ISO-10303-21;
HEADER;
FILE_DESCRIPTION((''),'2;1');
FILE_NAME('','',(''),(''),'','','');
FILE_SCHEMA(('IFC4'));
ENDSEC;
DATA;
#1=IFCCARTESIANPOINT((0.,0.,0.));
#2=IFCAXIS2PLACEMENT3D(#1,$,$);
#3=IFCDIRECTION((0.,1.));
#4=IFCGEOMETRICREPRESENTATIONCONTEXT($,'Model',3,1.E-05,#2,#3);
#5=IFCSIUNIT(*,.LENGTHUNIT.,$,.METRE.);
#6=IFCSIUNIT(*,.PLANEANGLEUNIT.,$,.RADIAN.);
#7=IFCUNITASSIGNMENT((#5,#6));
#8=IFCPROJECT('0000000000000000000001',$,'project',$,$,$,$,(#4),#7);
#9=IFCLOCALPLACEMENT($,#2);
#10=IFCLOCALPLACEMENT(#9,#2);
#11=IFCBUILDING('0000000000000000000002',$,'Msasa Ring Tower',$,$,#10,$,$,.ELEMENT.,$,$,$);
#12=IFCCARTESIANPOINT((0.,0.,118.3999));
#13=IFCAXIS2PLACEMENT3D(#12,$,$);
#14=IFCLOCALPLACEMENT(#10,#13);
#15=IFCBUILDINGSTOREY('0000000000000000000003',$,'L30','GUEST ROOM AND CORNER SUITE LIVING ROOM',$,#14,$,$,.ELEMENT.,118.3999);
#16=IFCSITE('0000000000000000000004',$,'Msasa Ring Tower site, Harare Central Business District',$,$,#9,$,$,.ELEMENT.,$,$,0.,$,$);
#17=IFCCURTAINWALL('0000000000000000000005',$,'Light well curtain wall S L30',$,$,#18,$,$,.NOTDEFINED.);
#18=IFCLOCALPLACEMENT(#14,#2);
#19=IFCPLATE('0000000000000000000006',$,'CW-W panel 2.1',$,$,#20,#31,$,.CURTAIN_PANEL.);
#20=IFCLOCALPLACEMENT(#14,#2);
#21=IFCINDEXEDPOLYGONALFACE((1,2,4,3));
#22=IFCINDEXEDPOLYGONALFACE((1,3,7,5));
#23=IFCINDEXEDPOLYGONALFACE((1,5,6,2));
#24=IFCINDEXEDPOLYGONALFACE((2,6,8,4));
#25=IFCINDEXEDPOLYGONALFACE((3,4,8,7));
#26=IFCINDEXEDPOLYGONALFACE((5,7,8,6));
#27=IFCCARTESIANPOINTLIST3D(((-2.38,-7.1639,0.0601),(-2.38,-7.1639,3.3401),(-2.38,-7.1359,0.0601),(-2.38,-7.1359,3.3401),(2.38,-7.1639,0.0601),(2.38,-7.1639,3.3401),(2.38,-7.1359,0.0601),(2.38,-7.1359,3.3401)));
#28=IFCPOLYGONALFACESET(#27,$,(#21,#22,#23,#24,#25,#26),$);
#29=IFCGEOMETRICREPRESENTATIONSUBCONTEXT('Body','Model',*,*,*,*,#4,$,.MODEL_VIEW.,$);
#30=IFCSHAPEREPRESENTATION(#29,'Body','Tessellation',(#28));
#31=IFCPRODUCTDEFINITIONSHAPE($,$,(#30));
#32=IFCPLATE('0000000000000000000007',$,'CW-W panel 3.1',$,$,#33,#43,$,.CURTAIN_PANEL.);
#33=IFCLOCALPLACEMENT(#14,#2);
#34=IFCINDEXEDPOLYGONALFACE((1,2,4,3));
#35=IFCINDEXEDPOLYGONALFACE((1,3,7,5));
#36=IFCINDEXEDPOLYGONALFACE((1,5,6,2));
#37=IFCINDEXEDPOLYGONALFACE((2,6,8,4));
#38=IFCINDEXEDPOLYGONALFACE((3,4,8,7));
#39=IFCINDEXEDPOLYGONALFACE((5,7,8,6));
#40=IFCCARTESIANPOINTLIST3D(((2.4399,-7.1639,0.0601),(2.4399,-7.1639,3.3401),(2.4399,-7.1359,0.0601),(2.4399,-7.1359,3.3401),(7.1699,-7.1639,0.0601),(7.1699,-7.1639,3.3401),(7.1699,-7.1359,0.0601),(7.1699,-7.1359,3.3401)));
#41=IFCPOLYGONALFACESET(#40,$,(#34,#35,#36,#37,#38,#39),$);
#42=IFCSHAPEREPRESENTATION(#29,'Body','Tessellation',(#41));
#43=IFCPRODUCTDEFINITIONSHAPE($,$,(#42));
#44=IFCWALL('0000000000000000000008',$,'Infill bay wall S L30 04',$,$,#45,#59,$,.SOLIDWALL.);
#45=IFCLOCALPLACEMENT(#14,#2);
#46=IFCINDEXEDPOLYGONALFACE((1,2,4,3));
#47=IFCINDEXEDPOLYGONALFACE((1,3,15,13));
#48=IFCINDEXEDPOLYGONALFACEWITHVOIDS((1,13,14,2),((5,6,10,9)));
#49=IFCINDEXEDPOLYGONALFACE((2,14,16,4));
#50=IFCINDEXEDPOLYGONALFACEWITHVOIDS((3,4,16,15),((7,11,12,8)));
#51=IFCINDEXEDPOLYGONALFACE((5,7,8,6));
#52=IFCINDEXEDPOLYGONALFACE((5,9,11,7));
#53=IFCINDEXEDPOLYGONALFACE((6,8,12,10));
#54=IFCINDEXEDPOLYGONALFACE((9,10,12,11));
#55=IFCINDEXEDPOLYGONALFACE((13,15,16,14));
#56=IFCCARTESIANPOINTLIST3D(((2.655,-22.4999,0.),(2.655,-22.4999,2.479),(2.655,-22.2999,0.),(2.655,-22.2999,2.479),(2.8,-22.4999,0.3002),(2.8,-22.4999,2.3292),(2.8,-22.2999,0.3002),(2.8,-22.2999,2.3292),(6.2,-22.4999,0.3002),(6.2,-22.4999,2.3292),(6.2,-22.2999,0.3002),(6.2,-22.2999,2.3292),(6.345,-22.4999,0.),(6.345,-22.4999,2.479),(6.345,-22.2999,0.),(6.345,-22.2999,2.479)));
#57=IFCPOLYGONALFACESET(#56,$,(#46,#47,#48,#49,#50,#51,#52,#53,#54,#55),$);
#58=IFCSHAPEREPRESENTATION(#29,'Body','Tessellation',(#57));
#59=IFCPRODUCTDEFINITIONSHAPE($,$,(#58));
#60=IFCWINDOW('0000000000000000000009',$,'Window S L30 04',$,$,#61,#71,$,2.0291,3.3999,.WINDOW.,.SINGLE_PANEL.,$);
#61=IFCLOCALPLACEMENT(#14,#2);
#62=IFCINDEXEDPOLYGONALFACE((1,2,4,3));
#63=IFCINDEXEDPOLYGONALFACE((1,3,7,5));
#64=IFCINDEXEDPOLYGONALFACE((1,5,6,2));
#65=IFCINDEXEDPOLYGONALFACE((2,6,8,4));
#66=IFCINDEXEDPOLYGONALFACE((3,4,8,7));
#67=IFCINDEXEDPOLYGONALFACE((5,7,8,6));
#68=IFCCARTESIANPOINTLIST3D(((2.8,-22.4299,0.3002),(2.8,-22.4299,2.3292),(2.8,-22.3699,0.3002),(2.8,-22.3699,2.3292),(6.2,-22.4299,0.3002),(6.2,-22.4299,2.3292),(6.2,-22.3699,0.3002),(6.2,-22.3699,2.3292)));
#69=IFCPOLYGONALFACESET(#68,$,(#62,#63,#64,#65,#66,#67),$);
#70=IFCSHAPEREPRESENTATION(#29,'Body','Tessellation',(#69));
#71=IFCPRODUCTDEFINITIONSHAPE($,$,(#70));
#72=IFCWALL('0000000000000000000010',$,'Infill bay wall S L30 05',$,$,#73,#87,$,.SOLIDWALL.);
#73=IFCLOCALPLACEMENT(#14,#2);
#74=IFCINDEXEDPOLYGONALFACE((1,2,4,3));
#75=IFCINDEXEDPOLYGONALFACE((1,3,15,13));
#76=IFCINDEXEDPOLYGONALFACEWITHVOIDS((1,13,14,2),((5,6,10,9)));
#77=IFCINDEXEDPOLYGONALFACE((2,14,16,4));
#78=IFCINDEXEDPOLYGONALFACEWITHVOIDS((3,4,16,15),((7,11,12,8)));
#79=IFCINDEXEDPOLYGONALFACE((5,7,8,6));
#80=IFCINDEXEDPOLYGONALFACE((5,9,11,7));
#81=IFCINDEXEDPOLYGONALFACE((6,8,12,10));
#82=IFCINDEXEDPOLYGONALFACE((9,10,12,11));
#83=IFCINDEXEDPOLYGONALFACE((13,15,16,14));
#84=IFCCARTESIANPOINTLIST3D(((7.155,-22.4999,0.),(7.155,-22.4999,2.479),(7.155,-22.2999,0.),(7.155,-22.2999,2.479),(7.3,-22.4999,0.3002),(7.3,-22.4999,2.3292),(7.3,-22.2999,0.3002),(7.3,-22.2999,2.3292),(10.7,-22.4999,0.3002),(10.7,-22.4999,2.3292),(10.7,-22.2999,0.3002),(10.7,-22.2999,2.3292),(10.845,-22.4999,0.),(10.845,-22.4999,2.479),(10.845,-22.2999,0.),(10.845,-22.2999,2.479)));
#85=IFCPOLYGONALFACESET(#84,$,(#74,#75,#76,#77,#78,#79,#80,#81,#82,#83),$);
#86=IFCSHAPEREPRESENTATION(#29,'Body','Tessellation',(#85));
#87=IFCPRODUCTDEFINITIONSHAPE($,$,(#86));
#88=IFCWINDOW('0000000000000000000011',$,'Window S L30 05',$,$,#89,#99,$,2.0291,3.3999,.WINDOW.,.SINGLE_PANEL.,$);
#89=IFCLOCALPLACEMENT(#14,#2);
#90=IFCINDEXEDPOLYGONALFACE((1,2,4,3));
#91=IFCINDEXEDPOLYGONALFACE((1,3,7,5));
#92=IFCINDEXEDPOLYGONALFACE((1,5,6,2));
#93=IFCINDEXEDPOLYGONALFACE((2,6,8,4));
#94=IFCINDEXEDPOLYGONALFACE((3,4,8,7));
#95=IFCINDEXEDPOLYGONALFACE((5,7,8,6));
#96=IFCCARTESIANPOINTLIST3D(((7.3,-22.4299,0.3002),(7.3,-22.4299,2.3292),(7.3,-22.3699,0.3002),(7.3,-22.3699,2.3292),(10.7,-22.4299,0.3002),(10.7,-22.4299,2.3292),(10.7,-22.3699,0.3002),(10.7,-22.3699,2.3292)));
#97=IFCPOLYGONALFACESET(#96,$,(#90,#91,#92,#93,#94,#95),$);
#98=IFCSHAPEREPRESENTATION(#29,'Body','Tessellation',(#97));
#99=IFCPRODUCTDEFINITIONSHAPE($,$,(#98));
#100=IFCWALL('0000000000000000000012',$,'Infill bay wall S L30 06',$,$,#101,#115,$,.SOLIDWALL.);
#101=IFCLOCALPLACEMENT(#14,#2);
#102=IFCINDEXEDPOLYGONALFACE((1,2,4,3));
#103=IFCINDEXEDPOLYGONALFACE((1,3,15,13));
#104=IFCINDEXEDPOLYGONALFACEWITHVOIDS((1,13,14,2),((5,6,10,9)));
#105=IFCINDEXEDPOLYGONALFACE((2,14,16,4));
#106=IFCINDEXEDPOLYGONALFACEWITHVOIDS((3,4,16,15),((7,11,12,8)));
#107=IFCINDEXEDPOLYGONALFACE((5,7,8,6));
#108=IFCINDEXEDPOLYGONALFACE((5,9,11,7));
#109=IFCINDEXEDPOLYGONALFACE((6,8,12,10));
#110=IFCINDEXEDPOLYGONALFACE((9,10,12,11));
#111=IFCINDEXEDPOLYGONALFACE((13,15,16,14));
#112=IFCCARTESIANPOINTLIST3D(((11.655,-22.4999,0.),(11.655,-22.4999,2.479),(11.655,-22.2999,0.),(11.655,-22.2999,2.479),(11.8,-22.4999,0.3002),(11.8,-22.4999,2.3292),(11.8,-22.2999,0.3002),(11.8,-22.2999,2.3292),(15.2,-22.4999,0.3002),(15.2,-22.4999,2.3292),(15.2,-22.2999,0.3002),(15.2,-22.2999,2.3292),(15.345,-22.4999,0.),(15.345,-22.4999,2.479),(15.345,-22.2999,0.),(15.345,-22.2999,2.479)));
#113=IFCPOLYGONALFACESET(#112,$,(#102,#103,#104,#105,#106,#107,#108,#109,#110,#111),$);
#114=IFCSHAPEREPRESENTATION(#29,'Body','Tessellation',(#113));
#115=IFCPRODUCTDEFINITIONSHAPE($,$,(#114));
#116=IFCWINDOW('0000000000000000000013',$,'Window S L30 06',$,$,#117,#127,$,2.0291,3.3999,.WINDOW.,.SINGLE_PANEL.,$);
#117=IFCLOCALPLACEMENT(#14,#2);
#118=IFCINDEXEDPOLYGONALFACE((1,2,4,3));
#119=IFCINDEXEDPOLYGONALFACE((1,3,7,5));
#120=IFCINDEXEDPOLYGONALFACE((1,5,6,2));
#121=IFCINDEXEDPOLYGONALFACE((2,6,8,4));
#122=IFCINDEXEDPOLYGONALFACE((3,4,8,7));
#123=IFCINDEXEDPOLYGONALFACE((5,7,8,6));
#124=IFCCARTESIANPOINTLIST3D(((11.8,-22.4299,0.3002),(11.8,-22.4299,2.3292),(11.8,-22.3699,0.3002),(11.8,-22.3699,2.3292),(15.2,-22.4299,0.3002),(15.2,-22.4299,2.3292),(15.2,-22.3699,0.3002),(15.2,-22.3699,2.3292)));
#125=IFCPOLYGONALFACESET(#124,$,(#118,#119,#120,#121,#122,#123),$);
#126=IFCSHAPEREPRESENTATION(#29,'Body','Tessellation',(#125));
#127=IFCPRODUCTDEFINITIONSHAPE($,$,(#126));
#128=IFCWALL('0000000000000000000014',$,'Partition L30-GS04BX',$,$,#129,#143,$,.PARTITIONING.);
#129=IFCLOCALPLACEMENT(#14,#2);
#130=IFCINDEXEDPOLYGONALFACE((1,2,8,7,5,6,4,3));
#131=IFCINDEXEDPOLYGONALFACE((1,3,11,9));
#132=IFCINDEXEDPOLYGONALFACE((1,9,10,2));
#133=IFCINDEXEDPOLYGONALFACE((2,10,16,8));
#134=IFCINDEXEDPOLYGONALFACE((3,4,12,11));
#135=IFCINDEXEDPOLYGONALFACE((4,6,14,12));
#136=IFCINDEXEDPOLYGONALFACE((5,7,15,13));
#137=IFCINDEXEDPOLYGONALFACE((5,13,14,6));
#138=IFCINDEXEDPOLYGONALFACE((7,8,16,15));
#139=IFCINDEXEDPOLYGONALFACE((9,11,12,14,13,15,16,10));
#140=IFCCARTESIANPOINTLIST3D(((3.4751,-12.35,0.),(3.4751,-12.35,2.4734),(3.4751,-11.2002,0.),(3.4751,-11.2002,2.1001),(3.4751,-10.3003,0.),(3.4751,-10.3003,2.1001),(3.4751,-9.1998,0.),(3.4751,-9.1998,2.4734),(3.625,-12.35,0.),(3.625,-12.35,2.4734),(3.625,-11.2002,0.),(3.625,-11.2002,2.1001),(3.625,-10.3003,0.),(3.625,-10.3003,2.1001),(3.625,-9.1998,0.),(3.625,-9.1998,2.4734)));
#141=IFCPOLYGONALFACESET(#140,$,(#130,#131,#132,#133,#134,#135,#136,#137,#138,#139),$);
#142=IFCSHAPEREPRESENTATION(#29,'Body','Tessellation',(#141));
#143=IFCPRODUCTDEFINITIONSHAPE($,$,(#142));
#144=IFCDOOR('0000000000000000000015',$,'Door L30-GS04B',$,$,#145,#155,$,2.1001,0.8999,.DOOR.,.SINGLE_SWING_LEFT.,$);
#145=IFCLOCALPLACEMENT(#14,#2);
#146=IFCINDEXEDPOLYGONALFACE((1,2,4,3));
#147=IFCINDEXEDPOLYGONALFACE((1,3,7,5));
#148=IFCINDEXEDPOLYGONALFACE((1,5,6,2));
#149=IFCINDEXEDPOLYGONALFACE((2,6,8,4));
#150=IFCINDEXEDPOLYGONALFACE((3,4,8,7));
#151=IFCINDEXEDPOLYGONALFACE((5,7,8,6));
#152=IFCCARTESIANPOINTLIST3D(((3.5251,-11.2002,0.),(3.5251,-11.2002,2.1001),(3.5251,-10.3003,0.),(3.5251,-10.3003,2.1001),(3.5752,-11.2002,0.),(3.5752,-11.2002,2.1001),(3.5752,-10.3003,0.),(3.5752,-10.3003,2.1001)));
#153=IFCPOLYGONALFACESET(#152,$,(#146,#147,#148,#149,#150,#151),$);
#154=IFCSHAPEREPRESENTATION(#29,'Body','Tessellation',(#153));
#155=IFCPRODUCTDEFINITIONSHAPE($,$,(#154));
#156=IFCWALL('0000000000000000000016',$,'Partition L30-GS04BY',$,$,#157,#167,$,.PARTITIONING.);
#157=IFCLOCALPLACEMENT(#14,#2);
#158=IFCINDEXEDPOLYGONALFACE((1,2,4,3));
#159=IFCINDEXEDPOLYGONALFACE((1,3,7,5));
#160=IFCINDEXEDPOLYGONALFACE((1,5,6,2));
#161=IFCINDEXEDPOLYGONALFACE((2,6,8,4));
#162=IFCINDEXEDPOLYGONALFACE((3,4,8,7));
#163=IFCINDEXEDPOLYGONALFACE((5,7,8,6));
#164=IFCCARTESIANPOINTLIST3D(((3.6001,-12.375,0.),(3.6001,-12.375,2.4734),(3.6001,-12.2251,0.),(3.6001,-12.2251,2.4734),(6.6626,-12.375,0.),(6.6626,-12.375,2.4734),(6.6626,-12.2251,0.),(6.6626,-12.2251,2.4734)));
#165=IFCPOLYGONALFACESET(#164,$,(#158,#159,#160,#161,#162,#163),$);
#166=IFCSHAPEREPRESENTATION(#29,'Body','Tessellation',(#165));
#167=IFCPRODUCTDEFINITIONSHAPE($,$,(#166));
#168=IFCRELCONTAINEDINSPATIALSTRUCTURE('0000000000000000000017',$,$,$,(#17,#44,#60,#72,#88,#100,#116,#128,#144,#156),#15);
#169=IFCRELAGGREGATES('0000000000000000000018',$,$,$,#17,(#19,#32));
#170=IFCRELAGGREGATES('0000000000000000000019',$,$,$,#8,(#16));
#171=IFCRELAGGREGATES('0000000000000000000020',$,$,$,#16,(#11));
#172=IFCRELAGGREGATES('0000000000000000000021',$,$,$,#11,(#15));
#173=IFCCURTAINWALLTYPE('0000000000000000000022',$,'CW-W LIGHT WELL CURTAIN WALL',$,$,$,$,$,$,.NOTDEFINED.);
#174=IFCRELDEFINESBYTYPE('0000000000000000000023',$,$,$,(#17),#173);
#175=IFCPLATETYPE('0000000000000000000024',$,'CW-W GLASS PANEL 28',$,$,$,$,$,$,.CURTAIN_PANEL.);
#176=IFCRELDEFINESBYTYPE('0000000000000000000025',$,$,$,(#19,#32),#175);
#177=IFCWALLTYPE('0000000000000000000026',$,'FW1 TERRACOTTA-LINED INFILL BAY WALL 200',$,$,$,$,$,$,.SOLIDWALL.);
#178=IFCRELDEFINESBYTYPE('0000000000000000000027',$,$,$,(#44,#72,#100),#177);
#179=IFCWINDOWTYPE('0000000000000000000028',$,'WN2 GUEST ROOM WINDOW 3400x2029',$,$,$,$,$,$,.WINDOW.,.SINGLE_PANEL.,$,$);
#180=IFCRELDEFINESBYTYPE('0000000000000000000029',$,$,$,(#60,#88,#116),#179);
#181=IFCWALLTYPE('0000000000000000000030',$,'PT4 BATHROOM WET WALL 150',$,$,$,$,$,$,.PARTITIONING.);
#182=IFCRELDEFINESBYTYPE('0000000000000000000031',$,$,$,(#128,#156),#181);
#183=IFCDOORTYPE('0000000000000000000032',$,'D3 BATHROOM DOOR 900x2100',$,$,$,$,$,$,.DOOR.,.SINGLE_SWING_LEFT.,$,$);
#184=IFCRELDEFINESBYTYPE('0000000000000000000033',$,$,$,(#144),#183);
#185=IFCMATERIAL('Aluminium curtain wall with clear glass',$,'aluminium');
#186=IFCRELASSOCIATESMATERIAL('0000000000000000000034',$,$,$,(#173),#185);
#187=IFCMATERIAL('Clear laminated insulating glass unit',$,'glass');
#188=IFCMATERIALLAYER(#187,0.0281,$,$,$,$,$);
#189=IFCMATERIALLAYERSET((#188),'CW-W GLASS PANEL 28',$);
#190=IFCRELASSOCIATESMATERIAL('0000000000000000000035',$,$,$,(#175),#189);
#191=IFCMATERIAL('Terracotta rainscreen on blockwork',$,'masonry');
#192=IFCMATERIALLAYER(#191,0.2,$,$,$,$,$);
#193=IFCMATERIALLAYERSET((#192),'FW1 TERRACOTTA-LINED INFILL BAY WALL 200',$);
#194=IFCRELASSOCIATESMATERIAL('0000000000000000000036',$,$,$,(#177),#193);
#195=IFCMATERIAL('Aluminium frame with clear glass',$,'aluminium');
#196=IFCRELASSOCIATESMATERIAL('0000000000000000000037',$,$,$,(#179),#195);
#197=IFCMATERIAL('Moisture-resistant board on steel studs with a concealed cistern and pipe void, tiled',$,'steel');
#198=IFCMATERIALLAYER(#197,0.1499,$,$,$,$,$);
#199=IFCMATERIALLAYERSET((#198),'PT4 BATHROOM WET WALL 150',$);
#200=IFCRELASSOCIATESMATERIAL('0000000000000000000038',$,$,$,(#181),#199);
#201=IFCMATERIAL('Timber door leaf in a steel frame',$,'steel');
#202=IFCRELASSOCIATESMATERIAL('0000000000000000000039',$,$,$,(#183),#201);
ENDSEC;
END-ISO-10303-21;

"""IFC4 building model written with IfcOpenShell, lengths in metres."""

from ifc_helpers import new_model, si_unit, direction, frame, frame_2d, origin, origin_2d, place, context, subcontext, project, spatial, rectangle, extrude, material, layer, layer_set, type_object, element, fill, aggregate, save


model = new_model("IFC4")

# Units and contexts
model_context = context("Model", 3, precision=1e-05, world=origin(), true_north=direction((0.0, 1.0)))
body_context = subcontext(model_context, "Body", "Model", "MODEL_VIEW")
ifc_project = project(units=[si_unit("LENGTHUNIT", "METRE"), si_unit("PLANEANGLEUNIT", "RADIAN")], contexts=[model_context])

# Site, building, storey
site_placement = place(None, origin())
site = spatial("IfcSite", under=ifc_project, at=site_placement, Name="Msasa Ring Tower site, Harare Central Business District", CompositionType="ELEMENT", RefElevation=0.0)
building_placement = place(site_placement, origin())
building = spatial("IfcBuilding", under=site, at=building_placement, Name="Msasa Ring Tower", CompositionType="ELEMENT")
storey_placement = place(building_placement, frame((0.0, 0.0, 118.3999)))
storey = spatial("IfcBuildingStorey", under=building, at=storey_placement, Name="L30", Description="GUEST ROOM AND CORNER SUITE LIVING ROOM", CompositionType="ELEMENT", Elevation=118.3999)

# Curtain wall
ifc_material_1 = material(Name="Aluminium curtain wall with clear glass", Category="aluminium")
curtain_wall_type = type_object("IfcCurtainWallType", Name="CW-W LIGHT WELL CURTAIN WALL", PredefinedType="NOTDEFINED", material=ifc_material_1)
curtain_wall_placement = place(storey_placement, origin())
curtain_wall = element("IfcCurtainWall", 1, at=curtain_wall_placement, inside=storey, type_object=curtain_wall_type, Name="Light well curtain wall S L30", PredefinedType="NOTDEFINED")

# Plates
ifc_material_2 = material(Name="Clear laminated insulating glass unit", Category="glass")
ifc_layer_1 = layer(ifc_material_2, 0.0281)
ifc_layer_set_1 = layer_set([ifc_layer_1], Name="CW-W GLASS PANEL 28")
plate_type = type_object("IfcPlateType", Name="CW-W GLASS PANEL 28", PredefinedType="CURTAIN_PANEL", material=ifc_layer_set_1)
plate_1_placement = place(storey_placement, frame((0.0, -7.1499, 0.0601), z_axis=(0.0, 0.0, 1.0), x_axis=(1.0, 0.0, 0.0)))
plate_1 = element("IfcPlate", 2, at=plate_1_placement, type_object=plate_type, Name="CW-W panel 2.1", PredefinedType="CURTAIN_PANEL", context=body_context, shape_type="SweptSolid", body=[
    extrude(rectangle(XDim=4.76, YDim=0.0281, at=origin_2d()), origin(), (0.0, 0.0, 1.0), 3.28),
])
plate_2_placement = place(storey_placement, frame((4.8049, -7.1499, 0.0601), z_axis=(0.0, 0.0, 1.0), x_axis=(1.0, 0.0, 0.0)))
plate_2 = element("IfcPlate", 3, at=plate_2_placement, type_object=plate_type, Name="CW-W panel 3.1", PredefinedType="CURTAIN_PANEL", context=body_context, shape_type="SweptSolid", body=[
    extrude(rectangle(XDim=4.73, YDim=0.0281, at=origin_2d()), origin(), (0.0, 0.0, 1.0), 3.28),
])
aggregate(curtain_wall, [plate_1, plate_2])

# Walls, openings, windows
ifc_material_3 = material(Name="Terracotta rainscreen on blockwork", Category="masonry")
ifc_layer_2 = layer(ifc_material_3, 0.2)
ifc_layer_set_2 = layer_set([ifc_layer_2], Name="FW1 TERRACOTTA-LINED INFILL BAY WALL 200")
wall_type_1 = type_object("IfcWallType", Name="FW1 TERRACOTTA-LINED INFILL BAY WALL 200", PredefinedType="SOLIDWALL", material=ifc_layer_set_2)
wall_1_placement = place(storey_placement, frame((2.655, -22.3999, 0.0), z_axis=(0.0, 0.0, 1.0), x_axis=(1.0, 0.0, 0.0)))
wall_1 = element("IfcWall", 4, at=wall_1_placement, inside=storey, type_object=wall_type_1, Name="Infill bay wall S L30 04", PredefinedType="SOLIDWALL", context=body_context, shape_type="SweptSolid", body=[
    extrude(rectangle(XDim=3.6899, YDim=0.2, at=frame_2d((1.845, 0.0))), origin(), (0.0, 0.0, 1.0), 2.479),
])
opening_1_placement = place(wall_1_placement, frame((0.145, 0.0, 0.3)))
opening_1 = element("IfcOpeningElement", 5, at=opening_1_placement, cuts=wall_1, PredefinedType="OPENING", context=body_context, shape_type="SweptSolid", body=[
    extrude(rectangle(XDim=3.3999, YDim=2.0291, at=frame_2d((1.7, 1.0146))), frame((0.0, 0.1099, 0.0), z_axis=(0.0, -1.0, 0.0), x_axis=(1.0, 0.0, 0.0)), (0.0, 0.0, 1.0), 0.22),
])
ifc_material_4 = material(Name="Aluminium frame with clear glass", Category="aluminium")
window_type = type_object("IfcWindowType", Name="WN2 GUEST ROOM WINDOW 3400x2029", PartitioningType="SINGLE_PANEL", PredefinedType="WINDOW", material=ifc_material_4)
window_1_placement = place(opening_1_placement, origin())
window_1 = element("IfcWindow", 6, at=window_1_placement, inside=storey, type_object=window_type, Name="Window S L30 04", OverallHeight=2.0291, OverallWidth=3.3999, PartitioningType="SINGLE_PANEL", PredefinedType="WINDOW", context=body_context, shape_type="SweptSolid", body=[
    extrude(rectangle(XDim=3.3999, YDim=2.0291, at=frame_2d((1.7, 1.0146))), frame((0.0, 0.03, 0.0), z_axis=(0.0, -1.0, 0.0), x_axis=(1.0, 0.0, 0.0)), (0.0, 0.0, 1.0), 0.0601),
])
fill(opening_1, window_1)
wall_2_placement = place(storey_placement, frame((7.155, -22.3999, 0.0), z_axis=(0.0, 0.0, 1.0), x_axis=(1.0, 0.0, 0.0)))
wall_2 = element("IfcWall", 7, at=wall_2_placement, inside=storey, type_object=wall_type_1, Name="Infill bay wall S L30 05", PredefinedType="SOLIDWALL", context=body_context, shape_type="SweptSolid", body=[
    extrude(rectangle(XDim=3.6899, YDim=0.2, at=frame_2d((1.845, 0.0))), origin(), (0.0, 0.0, 1.0), 2.479),
])
opening_2_placement = place(wall_2_placement, frame((0.145, 0.0, 0.3)))
opening_2 = element("IfcOpeningElement", 8, at=opening_2_placement, cuts=wall_2, PredefinedType="OPENING", context=body_context, shape_type="SweptSolid", body=[
    extrude(rectangle(XDim=3.3999, YDim=2.0291, at=frame_2d((1.7, 1.0146))), frame((0.0, 0.1099, 0.0), z_axis=(0.0, -1.0, 0.0), x_axis=(1.0, 0.0, 0.0)), (0.0, 0.0, 1.0), 0.22),
])
window_2_placement = place(opening_2_placement, origin())
window_2 = element("IfcWindow", 9, at=window_2_placement, inside=storey, type_object=window_type, Name="Window S L30 05", OverallHeight=2.0291, OverallWidth=3.3999, PartitioningType="SINGLE_PANEL", PredefinedType="WINDOW", context=body_context, shape_type="SweptSolid", body=[
    extrude(rectangle(XDim=3.3999, YDim=2.0291, at=frame_2d((1.7, 1.0146))), frame((0.0, 0.03, 0.0), z_axis=(0.0, -1.0, 0.0), x_axis=(1.0, 0.0, 0.0)), (0.0, 0.0, 1.0), 0.0601),
])
fill(opening_2, window_2)
wall_3_placement = place(storey_placement, frame((11.655, -22.3999, 0.0), z_axis=(0.0, 0.0, 1.0), x_axis=(1.0, 0.0, 0.0)))
wall_3 = element("IfcWall", 10, at=wall_3_placement, inside=storey, type_object=wall_type_1, Name="Infill bay wall S L30 06", PredefinedType="SOLIDWALL", context=body_context, shape_type="SweptSolid", body=[
    extrude(rectangle(XDim=3.6899, YDim=0.2, at=frame_2d((1.845, 0.0))), origin(), (0.0, 0.0, 1.0), 2.479),
])
opening_3_placement = place(wall_3_placement, frame((0.145, 0.0, 0.3)))
opening_3 = element("IfcOpeningElement", 11, at=opening_3_placement, cuts=wall_3, PredefinedType="OPENING", context=body_context, shape_type="SweptSolid", body=[
    extrude(rectangle(XDim=3.3999, YDim=2.0291, at=frame_2d((1.7, 1.0146))), frame((0.0, 0.1099, 0.0), z_axis=(0.0, -1.0, 0.0), x_axis=(1.0, 0.0, 0.0)), (0.0, 0.0, 1.0), 0.22),
])
window_3_placement = place(opening_3_placement, origin())
window_3 = element("IfcWindow", 12, at=window_3_placement, inside=storey, type_object=window_type, Name="Window S L30 06", OverallHeight=2.0291, OverallWidth=3.3999, PartitioningType="SINGLE_PANEL", PredefinedType="WINDOW", context=body_context, shape_type="SweptSolid", body=[
    extrude(rectangle(XDim=3.3999, YDim=2.0291, at=frame_2d((1.7, 1.0146))), frame((0.0, 0.03, 0.0), z_axis=(0.0, -1.0, 0.0), x_axis=(1.0, 0.0, 0.0)), (0.0, 0.0, 1.0), 0.0601),
])
fill(opening_3, window_3)

# Wall, opening, door
ifc_material_5 = material(Name="Moisture-resistant board on steel studs with a concealed cistern and pipe void, tiled", Category="steel")
ifc_layer_3 = layer(ifc_material_5, 0.1499)
ifc_layer_set_3 = layer_set([ifc_layer_3], Name="PT4 BATHROOM WET WALL 150")
wall_type_2 = type_object("IfcWallType", Name="PT4 BATHROOM WET WALL 150", PredefinedType="PARTITIONING", material=ifc_layer_set_3)
wall_4_placement = place(storey_placement, frame((3.55, -12.3501, 0.0), z_axis=(0.0, 0.0, 1.0), x_axis=(0.0, 1.0, 0.0)))
wall_4 = element("IfcWall", 13, at=wall_4_placement, inside=storey, type_object=wall_type_2, Name="Partition L30-GS04BX", PredefinedType="PARTITIONING", context=body_context, shape_type="SweptSolid", body=[
    extrude(rectangle(XDim=3.1501, YDim=0.1499, at=frame_2d((1.5752, 0.0))), origin(), (0.0, 0.0, 1.0), 2.4734),
])
opening_4_placement = place(wall_4_placement, frame((1.1499, 0.0, 0.0)))
opening_4 = element("IfcOpeningElement", 14, at=opening_4_placement, cuts=wall_4, PredefinedType="OPENING", context=body_context, shape_type="SweptSolid", body=[
    extrude(rectangle(XDim=0.8999, YDim=2.1001, at=frame_2d((0.45, 1.05))), frame((0.0, 0.085, 0.0), z_axis=(0.0, -1.0, 0.0), x_axis=(1.0, 0.0, 0.0)), (0.0, 0.0, 1.0), 0.1699),
])
ifc_material_6 = material(Name="Timber door leaf in a steel frame", Category="steel")
door_type = type_object("IfcDoorType", Name="D3 BATHROOM DOOR 900x2100", OperationType="SINGLE_SWING_LEFT", PredefinedType="DOOR", material=ifc_material_6)
door_1_placement = place(opening_4_placement, origin())
door_1 = element("IfcDoor", 15, at=door_1_placement, inside=storey, type_object=door_type, Name="Door L30-GS04B", OperationType="SINGLE_SWING_LEFT", OverallHeight=2.1001, OverallWidth=0.8999, PredefinedType="DOOR", context=body_context, shape_type="SweptSolid", body=[
    extrude(rectangle(XDim=0.8999, YDim=2.1001, at=frame_2d((0.45, 1.05))), frame((0.0, 0.0249, 0.0), z_axis=(0.0, -1.0, 0.0), x_axis=(1.0, 0.0, 0.0)), (0.0, 0.0, 1.0), 0.05),
])
fill(opening_4, door_1)

# Wall
wall_5_placement = place(storey_placement, frame((3.6001, -12.3, 0.0), z_axis=(0.0, 0.0, 1.0), x_axis=(1.0, 0.0, 0.0)))
element("IfcWall", 16, at=wall_5_placement, inside=storey, type_object=wall_type_2, Name="Partition L30-GS04BY", PredefinedType="PARTITIONING", context=body_context, shape_type="SweptSolid", body=[
    extrude(rectangle(XDim=3.0625, YDim=0.1499, at=frame_2d((1.5312, 0.0))), origin(), (0.0, 0.0, 1.0), 2.4734),
])

save(model, "model.ifc")
